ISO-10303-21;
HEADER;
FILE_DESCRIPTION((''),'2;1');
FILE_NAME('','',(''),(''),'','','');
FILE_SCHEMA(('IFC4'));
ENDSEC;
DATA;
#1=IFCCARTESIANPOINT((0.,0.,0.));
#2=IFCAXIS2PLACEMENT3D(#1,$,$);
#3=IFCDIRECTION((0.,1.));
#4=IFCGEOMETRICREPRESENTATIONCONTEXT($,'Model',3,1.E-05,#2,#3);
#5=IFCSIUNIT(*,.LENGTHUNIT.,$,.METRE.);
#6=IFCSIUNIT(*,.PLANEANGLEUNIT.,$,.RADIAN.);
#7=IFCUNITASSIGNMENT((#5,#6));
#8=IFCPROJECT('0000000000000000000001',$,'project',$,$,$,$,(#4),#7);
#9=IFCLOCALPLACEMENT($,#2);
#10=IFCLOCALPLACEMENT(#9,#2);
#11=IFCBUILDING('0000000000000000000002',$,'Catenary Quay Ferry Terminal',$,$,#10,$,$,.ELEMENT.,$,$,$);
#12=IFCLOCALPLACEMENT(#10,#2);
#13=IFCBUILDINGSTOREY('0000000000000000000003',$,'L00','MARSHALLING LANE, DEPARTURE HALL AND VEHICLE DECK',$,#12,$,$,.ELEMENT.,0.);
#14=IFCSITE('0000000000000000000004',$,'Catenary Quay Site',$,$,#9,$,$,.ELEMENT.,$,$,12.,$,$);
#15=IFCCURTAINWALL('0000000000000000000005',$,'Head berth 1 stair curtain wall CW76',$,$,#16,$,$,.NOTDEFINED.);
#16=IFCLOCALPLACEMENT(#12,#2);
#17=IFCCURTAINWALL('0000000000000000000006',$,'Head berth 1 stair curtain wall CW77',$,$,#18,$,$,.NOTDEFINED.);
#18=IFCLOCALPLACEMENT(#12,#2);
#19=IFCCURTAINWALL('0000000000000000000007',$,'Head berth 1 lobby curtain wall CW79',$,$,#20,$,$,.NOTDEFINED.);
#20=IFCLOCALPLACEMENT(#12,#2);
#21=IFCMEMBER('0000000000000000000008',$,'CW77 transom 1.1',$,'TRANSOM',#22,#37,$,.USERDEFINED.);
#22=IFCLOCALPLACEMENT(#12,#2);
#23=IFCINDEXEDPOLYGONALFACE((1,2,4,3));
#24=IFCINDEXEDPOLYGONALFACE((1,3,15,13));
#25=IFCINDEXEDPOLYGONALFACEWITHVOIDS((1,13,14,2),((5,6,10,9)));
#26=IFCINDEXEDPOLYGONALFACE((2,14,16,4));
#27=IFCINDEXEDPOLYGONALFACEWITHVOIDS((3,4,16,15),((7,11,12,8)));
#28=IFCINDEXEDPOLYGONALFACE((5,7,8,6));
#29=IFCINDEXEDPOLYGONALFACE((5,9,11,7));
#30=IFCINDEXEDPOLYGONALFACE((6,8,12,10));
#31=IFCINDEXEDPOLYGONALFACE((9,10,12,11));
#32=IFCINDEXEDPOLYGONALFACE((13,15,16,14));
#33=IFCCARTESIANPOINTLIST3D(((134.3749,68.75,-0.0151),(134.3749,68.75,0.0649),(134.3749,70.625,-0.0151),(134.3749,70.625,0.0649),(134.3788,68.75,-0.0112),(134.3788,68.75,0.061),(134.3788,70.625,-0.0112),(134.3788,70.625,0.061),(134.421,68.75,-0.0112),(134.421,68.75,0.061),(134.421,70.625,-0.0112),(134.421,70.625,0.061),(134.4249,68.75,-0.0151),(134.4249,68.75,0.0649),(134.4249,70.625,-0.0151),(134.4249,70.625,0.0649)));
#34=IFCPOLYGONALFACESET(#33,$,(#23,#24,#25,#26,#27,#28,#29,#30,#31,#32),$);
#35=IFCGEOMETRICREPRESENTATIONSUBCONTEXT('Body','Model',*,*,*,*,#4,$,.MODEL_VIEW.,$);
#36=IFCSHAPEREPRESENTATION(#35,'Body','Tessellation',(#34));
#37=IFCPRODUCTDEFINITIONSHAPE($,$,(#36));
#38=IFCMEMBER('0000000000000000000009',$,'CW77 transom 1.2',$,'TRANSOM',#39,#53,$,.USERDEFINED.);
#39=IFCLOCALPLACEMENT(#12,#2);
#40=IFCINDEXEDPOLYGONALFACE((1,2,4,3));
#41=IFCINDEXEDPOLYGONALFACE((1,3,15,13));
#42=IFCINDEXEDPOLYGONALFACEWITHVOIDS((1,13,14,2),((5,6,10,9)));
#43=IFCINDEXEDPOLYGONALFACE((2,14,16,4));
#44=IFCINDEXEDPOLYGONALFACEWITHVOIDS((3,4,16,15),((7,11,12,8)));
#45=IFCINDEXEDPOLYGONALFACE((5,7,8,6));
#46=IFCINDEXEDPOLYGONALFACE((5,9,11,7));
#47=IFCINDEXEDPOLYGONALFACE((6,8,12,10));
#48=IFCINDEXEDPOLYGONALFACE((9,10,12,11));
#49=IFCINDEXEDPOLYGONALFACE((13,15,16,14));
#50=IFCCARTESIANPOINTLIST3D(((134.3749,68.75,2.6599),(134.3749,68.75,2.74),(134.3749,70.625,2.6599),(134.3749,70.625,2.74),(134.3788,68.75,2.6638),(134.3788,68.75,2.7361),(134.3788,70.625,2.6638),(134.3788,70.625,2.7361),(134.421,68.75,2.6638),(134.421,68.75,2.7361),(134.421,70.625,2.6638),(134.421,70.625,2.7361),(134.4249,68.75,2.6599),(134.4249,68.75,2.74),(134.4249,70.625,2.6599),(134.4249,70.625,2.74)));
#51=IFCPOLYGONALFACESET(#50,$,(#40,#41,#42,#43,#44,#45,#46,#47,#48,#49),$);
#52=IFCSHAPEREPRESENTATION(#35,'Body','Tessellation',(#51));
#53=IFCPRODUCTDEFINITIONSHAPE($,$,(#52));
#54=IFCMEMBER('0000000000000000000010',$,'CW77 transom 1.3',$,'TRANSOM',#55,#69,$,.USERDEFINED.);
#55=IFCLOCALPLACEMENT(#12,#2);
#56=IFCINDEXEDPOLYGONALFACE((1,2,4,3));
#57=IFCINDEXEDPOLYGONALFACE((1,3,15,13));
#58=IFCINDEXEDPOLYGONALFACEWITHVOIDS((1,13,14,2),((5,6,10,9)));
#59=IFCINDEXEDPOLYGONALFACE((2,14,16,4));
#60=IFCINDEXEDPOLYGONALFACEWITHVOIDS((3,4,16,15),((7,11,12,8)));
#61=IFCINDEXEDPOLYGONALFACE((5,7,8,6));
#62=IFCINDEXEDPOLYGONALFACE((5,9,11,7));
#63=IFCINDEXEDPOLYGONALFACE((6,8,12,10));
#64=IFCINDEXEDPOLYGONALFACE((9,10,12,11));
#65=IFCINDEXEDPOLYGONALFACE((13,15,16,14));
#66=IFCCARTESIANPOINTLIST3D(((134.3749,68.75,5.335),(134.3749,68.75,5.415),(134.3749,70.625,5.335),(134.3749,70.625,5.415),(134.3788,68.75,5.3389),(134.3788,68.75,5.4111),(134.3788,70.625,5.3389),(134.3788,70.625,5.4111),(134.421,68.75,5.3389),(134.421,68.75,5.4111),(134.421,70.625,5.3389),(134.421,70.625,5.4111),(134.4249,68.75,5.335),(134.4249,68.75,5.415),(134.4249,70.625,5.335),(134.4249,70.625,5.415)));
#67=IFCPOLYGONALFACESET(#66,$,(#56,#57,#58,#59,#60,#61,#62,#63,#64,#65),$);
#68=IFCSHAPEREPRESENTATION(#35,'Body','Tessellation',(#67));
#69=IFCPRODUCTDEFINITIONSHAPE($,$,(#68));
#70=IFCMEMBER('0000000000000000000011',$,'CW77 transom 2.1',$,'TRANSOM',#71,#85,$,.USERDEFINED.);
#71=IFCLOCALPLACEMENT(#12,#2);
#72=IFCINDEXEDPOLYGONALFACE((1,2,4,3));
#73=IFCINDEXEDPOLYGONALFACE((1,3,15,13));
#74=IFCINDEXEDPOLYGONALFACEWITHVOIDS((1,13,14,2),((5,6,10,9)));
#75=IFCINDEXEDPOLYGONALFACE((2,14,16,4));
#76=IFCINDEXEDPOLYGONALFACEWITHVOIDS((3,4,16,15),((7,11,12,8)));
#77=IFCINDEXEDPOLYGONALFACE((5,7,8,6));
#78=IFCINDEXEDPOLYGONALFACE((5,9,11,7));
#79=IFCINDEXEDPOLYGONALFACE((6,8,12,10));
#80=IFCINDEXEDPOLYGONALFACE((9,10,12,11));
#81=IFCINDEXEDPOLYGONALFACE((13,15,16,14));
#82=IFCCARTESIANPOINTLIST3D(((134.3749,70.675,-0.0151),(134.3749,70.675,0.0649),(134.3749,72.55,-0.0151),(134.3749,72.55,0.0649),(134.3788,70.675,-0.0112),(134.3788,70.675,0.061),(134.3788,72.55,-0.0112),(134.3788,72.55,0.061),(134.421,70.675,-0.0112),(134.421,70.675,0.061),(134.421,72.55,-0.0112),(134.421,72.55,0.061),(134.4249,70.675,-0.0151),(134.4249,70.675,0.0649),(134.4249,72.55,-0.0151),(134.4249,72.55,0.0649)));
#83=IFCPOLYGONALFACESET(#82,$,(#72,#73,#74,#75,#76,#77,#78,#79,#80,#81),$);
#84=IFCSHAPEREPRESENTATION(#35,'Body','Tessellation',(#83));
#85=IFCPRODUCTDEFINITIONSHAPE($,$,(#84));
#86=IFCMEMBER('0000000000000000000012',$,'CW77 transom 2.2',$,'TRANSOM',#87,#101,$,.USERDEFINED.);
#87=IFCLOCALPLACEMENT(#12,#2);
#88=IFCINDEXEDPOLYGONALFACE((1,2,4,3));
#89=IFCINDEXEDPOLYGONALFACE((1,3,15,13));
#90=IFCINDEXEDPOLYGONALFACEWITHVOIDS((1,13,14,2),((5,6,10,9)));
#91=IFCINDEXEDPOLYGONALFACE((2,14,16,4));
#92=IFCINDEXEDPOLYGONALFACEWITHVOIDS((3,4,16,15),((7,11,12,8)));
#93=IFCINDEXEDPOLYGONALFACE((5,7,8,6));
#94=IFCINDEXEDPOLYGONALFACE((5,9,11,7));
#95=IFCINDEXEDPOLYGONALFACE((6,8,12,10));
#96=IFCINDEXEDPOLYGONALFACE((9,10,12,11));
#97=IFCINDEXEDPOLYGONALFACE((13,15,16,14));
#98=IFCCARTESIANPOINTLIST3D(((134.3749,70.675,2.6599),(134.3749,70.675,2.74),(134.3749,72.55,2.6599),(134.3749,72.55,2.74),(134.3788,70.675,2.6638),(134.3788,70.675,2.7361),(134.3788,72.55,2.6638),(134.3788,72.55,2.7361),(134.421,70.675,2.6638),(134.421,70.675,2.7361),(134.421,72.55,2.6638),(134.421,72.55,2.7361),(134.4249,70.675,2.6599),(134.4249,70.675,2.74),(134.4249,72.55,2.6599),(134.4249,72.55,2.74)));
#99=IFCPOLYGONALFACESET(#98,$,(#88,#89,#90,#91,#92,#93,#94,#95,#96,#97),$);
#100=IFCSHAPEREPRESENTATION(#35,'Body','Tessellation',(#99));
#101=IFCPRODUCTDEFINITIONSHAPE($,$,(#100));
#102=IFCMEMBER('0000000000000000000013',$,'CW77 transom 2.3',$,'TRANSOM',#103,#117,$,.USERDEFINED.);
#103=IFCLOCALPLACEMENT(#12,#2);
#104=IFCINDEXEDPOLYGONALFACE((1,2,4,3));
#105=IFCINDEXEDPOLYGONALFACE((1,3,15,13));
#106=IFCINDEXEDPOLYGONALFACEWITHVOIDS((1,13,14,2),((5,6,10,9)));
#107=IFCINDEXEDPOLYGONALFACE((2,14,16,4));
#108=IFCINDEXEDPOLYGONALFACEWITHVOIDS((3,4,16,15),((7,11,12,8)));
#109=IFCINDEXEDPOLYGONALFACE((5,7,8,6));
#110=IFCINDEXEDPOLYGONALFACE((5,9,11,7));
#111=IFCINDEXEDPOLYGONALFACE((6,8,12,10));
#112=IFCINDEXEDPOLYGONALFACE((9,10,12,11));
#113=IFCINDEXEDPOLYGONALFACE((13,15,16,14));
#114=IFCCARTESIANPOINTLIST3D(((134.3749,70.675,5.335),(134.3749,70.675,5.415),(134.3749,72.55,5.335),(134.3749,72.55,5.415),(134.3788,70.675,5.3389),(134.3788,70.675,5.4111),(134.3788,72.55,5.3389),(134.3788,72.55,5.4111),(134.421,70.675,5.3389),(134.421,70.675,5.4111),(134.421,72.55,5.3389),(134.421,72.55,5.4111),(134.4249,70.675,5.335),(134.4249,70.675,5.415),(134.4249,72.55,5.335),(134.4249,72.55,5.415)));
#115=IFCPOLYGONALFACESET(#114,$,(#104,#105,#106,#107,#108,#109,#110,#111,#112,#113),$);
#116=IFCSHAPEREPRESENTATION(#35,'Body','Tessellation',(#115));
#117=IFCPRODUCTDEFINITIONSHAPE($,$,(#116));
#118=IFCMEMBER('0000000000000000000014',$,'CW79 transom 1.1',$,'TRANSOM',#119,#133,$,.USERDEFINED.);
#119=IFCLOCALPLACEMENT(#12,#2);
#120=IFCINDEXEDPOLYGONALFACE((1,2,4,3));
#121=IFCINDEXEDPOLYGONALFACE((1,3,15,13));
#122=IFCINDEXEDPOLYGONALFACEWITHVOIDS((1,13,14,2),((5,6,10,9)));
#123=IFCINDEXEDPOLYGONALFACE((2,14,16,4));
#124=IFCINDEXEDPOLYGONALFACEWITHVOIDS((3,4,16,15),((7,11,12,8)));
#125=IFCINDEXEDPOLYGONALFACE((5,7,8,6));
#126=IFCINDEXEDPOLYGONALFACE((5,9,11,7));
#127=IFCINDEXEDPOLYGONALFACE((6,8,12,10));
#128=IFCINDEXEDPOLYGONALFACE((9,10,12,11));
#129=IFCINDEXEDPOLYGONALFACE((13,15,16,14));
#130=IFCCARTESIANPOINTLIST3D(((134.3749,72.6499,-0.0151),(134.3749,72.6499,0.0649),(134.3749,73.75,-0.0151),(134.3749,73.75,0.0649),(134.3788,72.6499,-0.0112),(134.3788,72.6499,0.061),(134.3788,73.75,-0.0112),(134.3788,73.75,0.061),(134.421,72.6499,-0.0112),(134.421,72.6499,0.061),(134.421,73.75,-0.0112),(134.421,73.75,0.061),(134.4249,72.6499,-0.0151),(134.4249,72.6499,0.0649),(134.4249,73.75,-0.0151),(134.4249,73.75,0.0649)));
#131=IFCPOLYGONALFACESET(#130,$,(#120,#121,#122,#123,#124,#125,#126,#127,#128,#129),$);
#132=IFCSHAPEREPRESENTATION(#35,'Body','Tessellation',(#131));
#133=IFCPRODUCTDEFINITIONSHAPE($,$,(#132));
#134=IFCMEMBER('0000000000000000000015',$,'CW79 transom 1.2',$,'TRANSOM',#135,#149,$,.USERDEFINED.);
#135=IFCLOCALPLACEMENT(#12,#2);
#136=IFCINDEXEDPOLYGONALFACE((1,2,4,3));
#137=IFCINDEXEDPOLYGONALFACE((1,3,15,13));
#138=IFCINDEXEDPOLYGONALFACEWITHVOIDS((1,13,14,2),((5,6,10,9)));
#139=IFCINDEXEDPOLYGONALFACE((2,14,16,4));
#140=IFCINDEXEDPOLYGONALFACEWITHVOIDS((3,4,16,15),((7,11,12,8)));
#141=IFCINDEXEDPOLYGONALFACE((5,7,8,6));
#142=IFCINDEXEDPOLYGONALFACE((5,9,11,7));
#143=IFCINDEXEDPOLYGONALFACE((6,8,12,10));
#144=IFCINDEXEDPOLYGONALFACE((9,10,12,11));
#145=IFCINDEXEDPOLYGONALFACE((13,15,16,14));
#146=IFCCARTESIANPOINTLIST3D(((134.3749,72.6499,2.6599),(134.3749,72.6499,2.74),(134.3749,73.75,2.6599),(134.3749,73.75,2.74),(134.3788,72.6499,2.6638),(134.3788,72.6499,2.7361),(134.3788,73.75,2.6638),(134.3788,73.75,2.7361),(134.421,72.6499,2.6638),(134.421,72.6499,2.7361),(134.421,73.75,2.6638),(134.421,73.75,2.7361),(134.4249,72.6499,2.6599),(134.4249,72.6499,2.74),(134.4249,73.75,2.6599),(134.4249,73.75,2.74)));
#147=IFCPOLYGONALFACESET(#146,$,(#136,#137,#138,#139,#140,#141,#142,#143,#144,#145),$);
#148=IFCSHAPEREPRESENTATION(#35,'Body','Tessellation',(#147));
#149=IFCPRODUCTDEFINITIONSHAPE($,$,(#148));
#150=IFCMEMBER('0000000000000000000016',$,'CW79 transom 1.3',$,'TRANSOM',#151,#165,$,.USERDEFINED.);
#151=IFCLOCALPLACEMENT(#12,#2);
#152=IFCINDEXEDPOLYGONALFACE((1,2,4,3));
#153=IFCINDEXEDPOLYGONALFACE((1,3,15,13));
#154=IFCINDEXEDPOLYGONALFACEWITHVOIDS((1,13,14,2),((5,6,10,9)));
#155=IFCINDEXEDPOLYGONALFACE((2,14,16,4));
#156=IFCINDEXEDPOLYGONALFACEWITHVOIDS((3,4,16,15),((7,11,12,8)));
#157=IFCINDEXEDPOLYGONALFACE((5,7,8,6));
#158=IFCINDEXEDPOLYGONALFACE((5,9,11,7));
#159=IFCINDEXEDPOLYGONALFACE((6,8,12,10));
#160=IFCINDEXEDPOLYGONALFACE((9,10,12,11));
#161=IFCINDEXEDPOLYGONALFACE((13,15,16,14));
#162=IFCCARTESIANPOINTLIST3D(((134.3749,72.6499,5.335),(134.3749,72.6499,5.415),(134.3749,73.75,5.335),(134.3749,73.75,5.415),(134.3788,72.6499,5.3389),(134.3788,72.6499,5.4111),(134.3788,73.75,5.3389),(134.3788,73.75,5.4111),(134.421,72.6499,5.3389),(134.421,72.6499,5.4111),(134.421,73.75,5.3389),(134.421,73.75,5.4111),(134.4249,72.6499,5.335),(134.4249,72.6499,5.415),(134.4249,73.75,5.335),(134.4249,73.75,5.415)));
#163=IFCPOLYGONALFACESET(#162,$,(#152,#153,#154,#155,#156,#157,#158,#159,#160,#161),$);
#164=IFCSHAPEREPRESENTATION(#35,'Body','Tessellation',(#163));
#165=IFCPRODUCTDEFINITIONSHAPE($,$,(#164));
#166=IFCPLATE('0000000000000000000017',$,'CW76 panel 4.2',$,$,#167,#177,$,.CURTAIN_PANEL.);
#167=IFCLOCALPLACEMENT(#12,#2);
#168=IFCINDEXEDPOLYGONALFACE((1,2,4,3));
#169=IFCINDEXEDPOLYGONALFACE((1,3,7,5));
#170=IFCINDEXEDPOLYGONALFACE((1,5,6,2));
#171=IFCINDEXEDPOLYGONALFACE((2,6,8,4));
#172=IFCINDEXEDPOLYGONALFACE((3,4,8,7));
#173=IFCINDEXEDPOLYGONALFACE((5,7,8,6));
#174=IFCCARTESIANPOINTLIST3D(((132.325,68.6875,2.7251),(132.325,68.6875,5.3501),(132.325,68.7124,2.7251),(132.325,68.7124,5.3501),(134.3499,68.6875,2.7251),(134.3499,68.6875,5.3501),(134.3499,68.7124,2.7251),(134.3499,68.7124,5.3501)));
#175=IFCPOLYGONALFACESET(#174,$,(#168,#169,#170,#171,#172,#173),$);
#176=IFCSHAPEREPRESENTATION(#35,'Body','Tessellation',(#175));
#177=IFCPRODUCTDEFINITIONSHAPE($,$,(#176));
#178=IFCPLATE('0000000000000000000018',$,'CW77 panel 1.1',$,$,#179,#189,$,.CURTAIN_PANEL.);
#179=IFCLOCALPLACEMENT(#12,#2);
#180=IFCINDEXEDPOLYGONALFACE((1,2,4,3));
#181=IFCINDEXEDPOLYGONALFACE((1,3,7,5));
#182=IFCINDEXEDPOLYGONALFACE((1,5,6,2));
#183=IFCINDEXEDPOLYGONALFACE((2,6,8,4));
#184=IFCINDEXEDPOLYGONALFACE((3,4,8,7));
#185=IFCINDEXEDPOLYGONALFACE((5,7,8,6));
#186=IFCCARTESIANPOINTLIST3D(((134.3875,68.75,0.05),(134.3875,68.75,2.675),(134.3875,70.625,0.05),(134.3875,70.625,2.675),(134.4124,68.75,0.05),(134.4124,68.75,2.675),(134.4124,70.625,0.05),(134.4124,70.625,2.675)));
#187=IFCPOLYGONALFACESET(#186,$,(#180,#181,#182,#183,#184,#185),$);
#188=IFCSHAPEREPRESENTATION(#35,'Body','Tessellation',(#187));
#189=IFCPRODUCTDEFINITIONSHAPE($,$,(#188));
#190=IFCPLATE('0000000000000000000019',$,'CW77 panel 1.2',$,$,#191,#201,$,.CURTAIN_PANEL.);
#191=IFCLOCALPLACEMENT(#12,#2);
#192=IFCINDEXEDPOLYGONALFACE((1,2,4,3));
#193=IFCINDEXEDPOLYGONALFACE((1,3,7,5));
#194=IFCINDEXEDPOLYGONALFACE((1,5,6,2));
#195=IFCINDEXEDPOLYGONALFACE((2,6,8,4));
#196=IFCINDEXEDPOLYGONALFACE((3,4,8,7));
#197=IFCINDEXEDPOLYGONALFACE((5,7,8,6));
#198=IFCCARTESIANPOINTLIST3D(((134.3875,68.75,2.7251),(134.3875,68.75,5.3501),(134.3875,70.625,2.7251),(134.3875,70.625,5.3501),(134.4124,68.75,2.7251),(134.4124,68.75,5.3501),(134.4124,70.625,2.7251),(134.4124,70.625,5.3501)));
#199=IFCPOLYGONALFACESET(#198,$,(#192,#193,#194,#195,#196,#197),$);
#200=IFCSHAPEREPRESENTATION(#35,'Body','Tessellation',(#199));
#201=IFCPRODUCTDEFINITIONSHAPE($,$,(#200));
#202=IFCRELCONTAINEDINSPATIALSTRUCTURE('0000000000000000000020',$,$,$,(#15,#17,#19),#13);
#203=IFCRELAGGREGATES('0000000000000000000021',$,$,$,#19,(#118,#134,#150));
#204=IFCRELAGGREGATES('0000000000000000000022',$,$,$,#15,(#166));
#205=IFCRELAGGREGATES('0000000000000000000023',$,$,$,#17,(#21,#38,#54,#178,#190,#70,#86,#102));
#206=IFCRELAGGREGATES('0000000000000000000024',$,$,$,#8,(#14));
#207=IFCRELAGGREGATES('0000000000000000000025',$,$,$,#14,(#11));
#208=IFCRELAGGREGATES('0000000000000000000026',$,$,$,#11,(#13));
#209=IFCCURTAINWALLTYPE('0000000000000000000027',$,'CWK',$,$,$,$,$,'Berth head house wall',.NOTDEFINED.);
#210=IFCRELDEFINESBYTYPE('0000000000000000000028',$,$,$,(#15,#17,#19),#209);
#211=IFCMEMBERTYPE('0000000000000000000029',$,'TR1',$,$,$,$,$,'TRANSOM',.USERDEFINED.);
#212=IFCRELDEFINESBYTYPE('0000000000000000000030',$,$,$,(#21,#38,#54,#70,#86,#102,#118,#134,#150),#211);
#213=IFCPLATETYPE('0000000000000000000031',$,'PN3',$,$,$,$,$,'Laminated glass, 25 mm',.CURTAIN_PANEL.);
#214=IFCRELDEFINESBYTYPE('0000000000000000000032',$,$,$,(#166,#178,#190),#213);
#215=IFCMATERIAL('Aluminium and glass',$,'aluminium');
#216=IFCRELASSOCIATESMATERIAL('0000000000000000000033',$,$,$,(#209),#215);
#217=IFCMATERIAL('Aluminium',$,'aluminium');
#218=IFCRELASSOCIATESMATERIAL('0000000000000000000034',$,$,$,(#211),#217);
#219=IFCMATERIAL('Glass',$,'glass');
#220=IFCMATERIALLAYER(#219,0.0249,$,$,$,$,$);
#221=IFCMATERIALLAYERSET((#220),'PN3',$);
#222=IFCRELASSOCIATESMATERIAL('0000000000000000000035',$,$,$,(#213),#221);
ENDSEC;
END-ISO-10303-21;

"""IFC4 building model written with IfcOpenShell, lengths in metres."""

from ifc_helpers import new_model, si_unit, direction, frame, origin, origin_2d, place, context, subcontext, project, spatial, rectangle, hollow_rectangle, extrude, material, layer, layer_set, material_profile, profile_set, type_object, element, aggregate, save


model = new_model("IFC4")

# Units and contexts
model_context = context("Model", 3, precision=1e-05, world=origin(), true_north=direction((0.0, 1.0)))
body_context = subcontext(model_context, "Body", "Model", "MODEL_VIEW")
ifc_project = project(units=[si_unit("LENGTHUNIT", "METRE"), si_unit("PLANEANGLEUNIT", "RADIAN")], contexts=[model_context])

# Site, building, storey
site_placement = place(None, origin())
site = spatial("IfcSite", under=ifc_project, at=site_placement, Name="Catenary Quay Site", CompositionType="ELEMENT", RefElevation=12.0)
building_placement = place(site_placement, origin())
building = spatial("IfcBuilding", under=site, at=building_placement, Name="Catenary Quay Ferry Terminal", CompositionType="ELEMENT")
storey_placement = place(building_placement, origin())
storey = spatial("IfcBuildingStorey", under=building, at=storey_placement, Name="L00", Description="MARSHALLING LANE, DEPARTURE HALL AND VEHICLE DECK", CompositionType="ELEMENT", Elevation=0.0)

# Curtain wall
ifc_material_1 = material(Name="Aluminium and glass", Category="aluminium")
curtain_wall_type = type_object("IfcCurtainWallType", Name="CWK", ElementType="Berth head house wall", PredefinedType="NOTDEFINED", material=ifc_material_1)
curtain_wall_1_placement = place(storey_placement, origin())
curtain_wall_1 = element("IfcCurtainWall", 1, at=curtain_wall_1_placement, inside=storey, type_object=curtain_wall_type, Name="Head berth 1 stair curtain wall CW76", PredefinedType="NOTDEFINED")

# Curtain wall
curtain_wall_2_placement = place(storey_placement, origin())
curtain_wall_2 = element("IfcCurtainWall", 2, at=curtain_wall_2_placement, inside=storey, type_object=curtain_wall_type, Name="Head berth 1 stair curtain wall CW77", PredefinedType="NOTDEFINED")

# Curtain wall
curtain_wall_3_placement = place(storey_placement, origin())
curtain_wall_3 = element("IfcCurtainWall", 3, at=curtain_wall_3_placement, inside=storey, type_object=curtain_wall_type, Name="Head berth 1 lobby curtain wall CW79", PredefinedType="NOTDEFINED")

# Members
ifc_material_2 = material(Name="Aluminium", Category="aluminium")
ifc_material_profile_1 = material_profile(ifc_material_2, hollow_rectangle(XDim=0.05, YDim=0.0801, WallThickness=0.0039, at=origin_2d()), Name="TR1")
ifc_profile_set_1 = profile_set([ifc_material_profile_1], Name="Aluminium")
member_type_1 = type_object("IfcMemberType", Name="TR1", ElementType="TRANSOM", PredefinedType="USERDEFINED", material=ifc_profile_set_1)
member_1_placement = place(storey_placement, frame((134.3999, 68.75, 0.0249), z_axis=(0.0, 1.0, 0.0), x_axis=(-1.0, 0.0, 0.0)))
member_1 = element("IfcMember", 4, at=member_1_placement, type_object=member_type_1, Name="CW77 transom 1.1", ObjectType="TRANSOM", PredefinedType="USERDEFINED", context=body_context, shape_type="SweptSolid", body=[
    extrude(hollow_rectangle(XDim=0.05, YDim=0.0801, WallThickness=0.0039, at=origin_2d()), origin(), (0.0, 0.0, 1.0), 1.875),
])
member_2_placement = place(storey_placement, frame((134.3999, 68.75, 2.7), z_axis=(0.0, 1.0, 0.0), x_axis=(-1.0, 0.0, 0.0)))
member_2 = element("IfcMember", 5, at=member_2_placement, type_object=member_type_1, Name="CW77 transom 1.2", ObjectType="TRANSOM", PredefinedType="USERDEFINED", context=body_context, shape_type="SweptSolid", body=[
    extrude(hollow_rectangle(XDim=0.05, YDim=0.0801, WallThickness=0.0039, at=origin_2d()), origin(), (0.0, 0.0, 1.0), 1.875),
])
member_3_placement = place(storey_placement, frame((134.3999, 68.75, 5.375), z_axis=(0.0, 1.0, 0.0), x_axis=(-1.0, 0.0, 0.0)))
member_3 = element("IfcMember", 6, at=member_3_placement, type_object=member_type_1, Name="CW77 transom 1.3", ObjectType="TRANSOM", PredefinedType="USERDEFINED", context=body_context, shape_type="SweptSolid", body=[
    extrude(hollow_rectangle(XDim=0.05, YDim=0.0801, WallThickness=0.0039, at=origin_2d()), origin(), (0.0, 0.0, 1.0), 1.875),
])
member_4_placement = place(storey_placement, frame((134.3999, 70.675, 0.0249), z_axis=(0.0, 1.0, 0.0), x_axis=(-1.0, 0.0, 0.0)))
member_4 = element("IfcMember", 7, at=member_4_placement, type_object=member_type_1, Name="CW77 transom 2.1", ObjectType="TRANSOM", PredefinedType="USERDEFINED", context=body_context, shape_type="SweptSolid", body=[
    extrude(hollow_rectangle(XDim=0.05, YDim=0.0801, WallThickness=0.0039, at=origin_2d()), origin(), (0.0, 0.0, 1.0), 1.875),
])
member_5_placement = place(storey_placement, frame((134.3999, 70.675, 2.7), z_axis=(0.0, 1.0, 0.0), x_axis=(-1.0, 0.0, 0.0)))
member_5 = element("IfcMember", 8, at=member_5_placement, type_object=member_type_1, Name="CW77 transom 2.2", ObjectType="TRANSOM", PredefinedType="USERDEFINED", context=body_context, shape_type="SweptSolid", body=[
    extrude(hollow_rectangle(XDim=0.05, YDim=0.0801, WallThickness=0.0039, at=origin_2d()), origin(), (0.0, 0.0, 1.0), 1.875),
])
member_6_placement = place(storey_placement, frame((134.3999, 70.675, 5.375), z_axis=(0.0, 1.0, 0.0), x_axis=(-1.0, 0.0, 0.0)))
member_6 = element("IfcMember", 9, at=member_6_placement, type_object=member_type_1, Name="CW77 transom 2.3", ObjectType="TRANSOM", PredefinedType="USERDEFINED", context=body_context, shape_type="SweptSolid", body=[
    extrude(hollow_rectangle(XDim=0.05, YDim=0.0801, WallThickness=0.0039, at=origin_2d()), origin(), (0.0, 0.0, 1.0), 1.875),
])
member_7_placement = place(storey_placement, frame((134.3999, 72.6499, 0.0249), z_axis=(0.0, 1.0, 0.0), x_axis=(-1.0, 0.0, 0.0)))
member_7 = element("IfcMember", 10, at=member_7_placement, type_object=member_type_1, Name="CW79 transom 1.1", ObjectType="TRANSOM", PredefinedType="USERDEFINED", context=body_context, shape_type="SweptSolid", body=[
    extrude(hollow_rectangle(XDim=0.05, YDim=0.0801, WallThickness=0.0039, at=origin_2d()), origin(), (0.0, 0.0, 1.0), 1.1001),
])
member_8_placement = place(storey_placement, frame((134.3999, 72.6499, 2.7), z_axis=(0.0, 1.0, 0.0), x_axis=(-1.0, 0.0, 0.0)))
member_8 = element("IfcMember", 11, at=member_8_placement, type_object=member_type_1, Name="CW79 transom 1.2", ObjectType="TRANSOM", PredefinedType="USERDEFINED", context=body_context, shape_type="SweptSolid", body=[
    extrude(hollow_rectangle(XDim=0.05, YDim=0.0801, WallThickness=0.0039, at=origin_2d()), origin(), (0.0, 0.0, 1.0), 1.1001),
])
member_9_placement = place(storey_placement, frame((134.3999, 72.6499, 5.375), z_axis=(0.0, 1.0, 0.0), x_axis=(-1.0, 0.0, 0.0)))
member_9 = element("IfcMember", 12, at=member_9_placement, type_object=member_type_1, Name="CW79 transom 1.3", ObjectType="TRANSOM", PredefinedType="USERDEFINED", context=body_context, shape_type="SweptSolid", body=[
    extrude(hollow_rectangle(XDim=0.05, YDim=0.0801, WallThickness=0.0039, at=origin_2d()), origin(), (0.0, 0.0, 1.0), 1.1001),
])
aggregate(curtain_wall_3, [member_7, member_8, member_9])

# Plates
ifc_material_3 = material(Name="Glass", Category="glass")
ifc_layer_1 = layer(ifc_material_3, 0.0249)
ifc_layer_set_1 = layer_set([ifc_layer_1], Name="PN3")
plate_type = type_object("IfcPlateType", Name="PN3", ElementType="Laminated glass, 25 mm", PredefinedType="CURTAIN_PANEL", material=ifc_layer_set_1)
plate_1_placement = place(storey_placement, frame((133.3374, 68.7, 2.7251), z_axis=(0.0, 0.0, 1.0), x_axis=(1.0, 0.0, 0.0)))
plate_1 = element("IfcPlate", 13, at=plate_1_placement, type_object=plate_type, Name="CW76 panel 4.2", PredefinedType="CURTAIN_PANEL", context=body_context, shape_type="SweptSolid", body=[
    extrude(rectangle(XDim=2.0249, YDim=0.0249, at=origin_2d()), origin(), (0.0, 0.0, 1.0), 2.625),
])
aggregate(curtain_wall_1, [plate_1])
plate_2_placement = place(storey_placement, frame((134.3999, 69.6875, 0.05), z_axis=(0.0, 0.0, 1.0), x_axis=(0.0, 1.0, 0.0)))
plate_2 = element("IfcPlate", 14, at=plate_2_placement, type_object=plate_type, Name="CW77 panel 1.1", PredefinedType="CURTAIN_PANEL", context=body_context, shape_type="SweptSolid", body=[
    extrude(rectangle(XDim=1.875, YDim=0.0249, at=origin_2d()), origin(), (0.0, 0.0, 1.0), 2.625),
])
plate_3_placement = place(storey_placement, frame((134.3999, 69.6875, 2.7251), z_axis=(0.0, 0.0, 1.0), x_axis=(0.0, 1.0, 0.0)))
plate_3 = element("IfcPlate", 15, at=plate_3_placement, type_object=plate_type, Name="CW77 panel 1.2", PredefinedType="CURTAIN_PANEL", context=body_context, shape_type="SweptSolid", body=[
    extrude(rectangle(XDim=1.875, YDim=0.0249, at=origin_2d()), origin(), (0.0, 0.0, 1.0), 2.625),
])
aggregate(curtain_wall_2, [member_1, member_2, member_3, plate_2, plate_3, member_4, member_5, member_6])

save(model, "model.ifc")
